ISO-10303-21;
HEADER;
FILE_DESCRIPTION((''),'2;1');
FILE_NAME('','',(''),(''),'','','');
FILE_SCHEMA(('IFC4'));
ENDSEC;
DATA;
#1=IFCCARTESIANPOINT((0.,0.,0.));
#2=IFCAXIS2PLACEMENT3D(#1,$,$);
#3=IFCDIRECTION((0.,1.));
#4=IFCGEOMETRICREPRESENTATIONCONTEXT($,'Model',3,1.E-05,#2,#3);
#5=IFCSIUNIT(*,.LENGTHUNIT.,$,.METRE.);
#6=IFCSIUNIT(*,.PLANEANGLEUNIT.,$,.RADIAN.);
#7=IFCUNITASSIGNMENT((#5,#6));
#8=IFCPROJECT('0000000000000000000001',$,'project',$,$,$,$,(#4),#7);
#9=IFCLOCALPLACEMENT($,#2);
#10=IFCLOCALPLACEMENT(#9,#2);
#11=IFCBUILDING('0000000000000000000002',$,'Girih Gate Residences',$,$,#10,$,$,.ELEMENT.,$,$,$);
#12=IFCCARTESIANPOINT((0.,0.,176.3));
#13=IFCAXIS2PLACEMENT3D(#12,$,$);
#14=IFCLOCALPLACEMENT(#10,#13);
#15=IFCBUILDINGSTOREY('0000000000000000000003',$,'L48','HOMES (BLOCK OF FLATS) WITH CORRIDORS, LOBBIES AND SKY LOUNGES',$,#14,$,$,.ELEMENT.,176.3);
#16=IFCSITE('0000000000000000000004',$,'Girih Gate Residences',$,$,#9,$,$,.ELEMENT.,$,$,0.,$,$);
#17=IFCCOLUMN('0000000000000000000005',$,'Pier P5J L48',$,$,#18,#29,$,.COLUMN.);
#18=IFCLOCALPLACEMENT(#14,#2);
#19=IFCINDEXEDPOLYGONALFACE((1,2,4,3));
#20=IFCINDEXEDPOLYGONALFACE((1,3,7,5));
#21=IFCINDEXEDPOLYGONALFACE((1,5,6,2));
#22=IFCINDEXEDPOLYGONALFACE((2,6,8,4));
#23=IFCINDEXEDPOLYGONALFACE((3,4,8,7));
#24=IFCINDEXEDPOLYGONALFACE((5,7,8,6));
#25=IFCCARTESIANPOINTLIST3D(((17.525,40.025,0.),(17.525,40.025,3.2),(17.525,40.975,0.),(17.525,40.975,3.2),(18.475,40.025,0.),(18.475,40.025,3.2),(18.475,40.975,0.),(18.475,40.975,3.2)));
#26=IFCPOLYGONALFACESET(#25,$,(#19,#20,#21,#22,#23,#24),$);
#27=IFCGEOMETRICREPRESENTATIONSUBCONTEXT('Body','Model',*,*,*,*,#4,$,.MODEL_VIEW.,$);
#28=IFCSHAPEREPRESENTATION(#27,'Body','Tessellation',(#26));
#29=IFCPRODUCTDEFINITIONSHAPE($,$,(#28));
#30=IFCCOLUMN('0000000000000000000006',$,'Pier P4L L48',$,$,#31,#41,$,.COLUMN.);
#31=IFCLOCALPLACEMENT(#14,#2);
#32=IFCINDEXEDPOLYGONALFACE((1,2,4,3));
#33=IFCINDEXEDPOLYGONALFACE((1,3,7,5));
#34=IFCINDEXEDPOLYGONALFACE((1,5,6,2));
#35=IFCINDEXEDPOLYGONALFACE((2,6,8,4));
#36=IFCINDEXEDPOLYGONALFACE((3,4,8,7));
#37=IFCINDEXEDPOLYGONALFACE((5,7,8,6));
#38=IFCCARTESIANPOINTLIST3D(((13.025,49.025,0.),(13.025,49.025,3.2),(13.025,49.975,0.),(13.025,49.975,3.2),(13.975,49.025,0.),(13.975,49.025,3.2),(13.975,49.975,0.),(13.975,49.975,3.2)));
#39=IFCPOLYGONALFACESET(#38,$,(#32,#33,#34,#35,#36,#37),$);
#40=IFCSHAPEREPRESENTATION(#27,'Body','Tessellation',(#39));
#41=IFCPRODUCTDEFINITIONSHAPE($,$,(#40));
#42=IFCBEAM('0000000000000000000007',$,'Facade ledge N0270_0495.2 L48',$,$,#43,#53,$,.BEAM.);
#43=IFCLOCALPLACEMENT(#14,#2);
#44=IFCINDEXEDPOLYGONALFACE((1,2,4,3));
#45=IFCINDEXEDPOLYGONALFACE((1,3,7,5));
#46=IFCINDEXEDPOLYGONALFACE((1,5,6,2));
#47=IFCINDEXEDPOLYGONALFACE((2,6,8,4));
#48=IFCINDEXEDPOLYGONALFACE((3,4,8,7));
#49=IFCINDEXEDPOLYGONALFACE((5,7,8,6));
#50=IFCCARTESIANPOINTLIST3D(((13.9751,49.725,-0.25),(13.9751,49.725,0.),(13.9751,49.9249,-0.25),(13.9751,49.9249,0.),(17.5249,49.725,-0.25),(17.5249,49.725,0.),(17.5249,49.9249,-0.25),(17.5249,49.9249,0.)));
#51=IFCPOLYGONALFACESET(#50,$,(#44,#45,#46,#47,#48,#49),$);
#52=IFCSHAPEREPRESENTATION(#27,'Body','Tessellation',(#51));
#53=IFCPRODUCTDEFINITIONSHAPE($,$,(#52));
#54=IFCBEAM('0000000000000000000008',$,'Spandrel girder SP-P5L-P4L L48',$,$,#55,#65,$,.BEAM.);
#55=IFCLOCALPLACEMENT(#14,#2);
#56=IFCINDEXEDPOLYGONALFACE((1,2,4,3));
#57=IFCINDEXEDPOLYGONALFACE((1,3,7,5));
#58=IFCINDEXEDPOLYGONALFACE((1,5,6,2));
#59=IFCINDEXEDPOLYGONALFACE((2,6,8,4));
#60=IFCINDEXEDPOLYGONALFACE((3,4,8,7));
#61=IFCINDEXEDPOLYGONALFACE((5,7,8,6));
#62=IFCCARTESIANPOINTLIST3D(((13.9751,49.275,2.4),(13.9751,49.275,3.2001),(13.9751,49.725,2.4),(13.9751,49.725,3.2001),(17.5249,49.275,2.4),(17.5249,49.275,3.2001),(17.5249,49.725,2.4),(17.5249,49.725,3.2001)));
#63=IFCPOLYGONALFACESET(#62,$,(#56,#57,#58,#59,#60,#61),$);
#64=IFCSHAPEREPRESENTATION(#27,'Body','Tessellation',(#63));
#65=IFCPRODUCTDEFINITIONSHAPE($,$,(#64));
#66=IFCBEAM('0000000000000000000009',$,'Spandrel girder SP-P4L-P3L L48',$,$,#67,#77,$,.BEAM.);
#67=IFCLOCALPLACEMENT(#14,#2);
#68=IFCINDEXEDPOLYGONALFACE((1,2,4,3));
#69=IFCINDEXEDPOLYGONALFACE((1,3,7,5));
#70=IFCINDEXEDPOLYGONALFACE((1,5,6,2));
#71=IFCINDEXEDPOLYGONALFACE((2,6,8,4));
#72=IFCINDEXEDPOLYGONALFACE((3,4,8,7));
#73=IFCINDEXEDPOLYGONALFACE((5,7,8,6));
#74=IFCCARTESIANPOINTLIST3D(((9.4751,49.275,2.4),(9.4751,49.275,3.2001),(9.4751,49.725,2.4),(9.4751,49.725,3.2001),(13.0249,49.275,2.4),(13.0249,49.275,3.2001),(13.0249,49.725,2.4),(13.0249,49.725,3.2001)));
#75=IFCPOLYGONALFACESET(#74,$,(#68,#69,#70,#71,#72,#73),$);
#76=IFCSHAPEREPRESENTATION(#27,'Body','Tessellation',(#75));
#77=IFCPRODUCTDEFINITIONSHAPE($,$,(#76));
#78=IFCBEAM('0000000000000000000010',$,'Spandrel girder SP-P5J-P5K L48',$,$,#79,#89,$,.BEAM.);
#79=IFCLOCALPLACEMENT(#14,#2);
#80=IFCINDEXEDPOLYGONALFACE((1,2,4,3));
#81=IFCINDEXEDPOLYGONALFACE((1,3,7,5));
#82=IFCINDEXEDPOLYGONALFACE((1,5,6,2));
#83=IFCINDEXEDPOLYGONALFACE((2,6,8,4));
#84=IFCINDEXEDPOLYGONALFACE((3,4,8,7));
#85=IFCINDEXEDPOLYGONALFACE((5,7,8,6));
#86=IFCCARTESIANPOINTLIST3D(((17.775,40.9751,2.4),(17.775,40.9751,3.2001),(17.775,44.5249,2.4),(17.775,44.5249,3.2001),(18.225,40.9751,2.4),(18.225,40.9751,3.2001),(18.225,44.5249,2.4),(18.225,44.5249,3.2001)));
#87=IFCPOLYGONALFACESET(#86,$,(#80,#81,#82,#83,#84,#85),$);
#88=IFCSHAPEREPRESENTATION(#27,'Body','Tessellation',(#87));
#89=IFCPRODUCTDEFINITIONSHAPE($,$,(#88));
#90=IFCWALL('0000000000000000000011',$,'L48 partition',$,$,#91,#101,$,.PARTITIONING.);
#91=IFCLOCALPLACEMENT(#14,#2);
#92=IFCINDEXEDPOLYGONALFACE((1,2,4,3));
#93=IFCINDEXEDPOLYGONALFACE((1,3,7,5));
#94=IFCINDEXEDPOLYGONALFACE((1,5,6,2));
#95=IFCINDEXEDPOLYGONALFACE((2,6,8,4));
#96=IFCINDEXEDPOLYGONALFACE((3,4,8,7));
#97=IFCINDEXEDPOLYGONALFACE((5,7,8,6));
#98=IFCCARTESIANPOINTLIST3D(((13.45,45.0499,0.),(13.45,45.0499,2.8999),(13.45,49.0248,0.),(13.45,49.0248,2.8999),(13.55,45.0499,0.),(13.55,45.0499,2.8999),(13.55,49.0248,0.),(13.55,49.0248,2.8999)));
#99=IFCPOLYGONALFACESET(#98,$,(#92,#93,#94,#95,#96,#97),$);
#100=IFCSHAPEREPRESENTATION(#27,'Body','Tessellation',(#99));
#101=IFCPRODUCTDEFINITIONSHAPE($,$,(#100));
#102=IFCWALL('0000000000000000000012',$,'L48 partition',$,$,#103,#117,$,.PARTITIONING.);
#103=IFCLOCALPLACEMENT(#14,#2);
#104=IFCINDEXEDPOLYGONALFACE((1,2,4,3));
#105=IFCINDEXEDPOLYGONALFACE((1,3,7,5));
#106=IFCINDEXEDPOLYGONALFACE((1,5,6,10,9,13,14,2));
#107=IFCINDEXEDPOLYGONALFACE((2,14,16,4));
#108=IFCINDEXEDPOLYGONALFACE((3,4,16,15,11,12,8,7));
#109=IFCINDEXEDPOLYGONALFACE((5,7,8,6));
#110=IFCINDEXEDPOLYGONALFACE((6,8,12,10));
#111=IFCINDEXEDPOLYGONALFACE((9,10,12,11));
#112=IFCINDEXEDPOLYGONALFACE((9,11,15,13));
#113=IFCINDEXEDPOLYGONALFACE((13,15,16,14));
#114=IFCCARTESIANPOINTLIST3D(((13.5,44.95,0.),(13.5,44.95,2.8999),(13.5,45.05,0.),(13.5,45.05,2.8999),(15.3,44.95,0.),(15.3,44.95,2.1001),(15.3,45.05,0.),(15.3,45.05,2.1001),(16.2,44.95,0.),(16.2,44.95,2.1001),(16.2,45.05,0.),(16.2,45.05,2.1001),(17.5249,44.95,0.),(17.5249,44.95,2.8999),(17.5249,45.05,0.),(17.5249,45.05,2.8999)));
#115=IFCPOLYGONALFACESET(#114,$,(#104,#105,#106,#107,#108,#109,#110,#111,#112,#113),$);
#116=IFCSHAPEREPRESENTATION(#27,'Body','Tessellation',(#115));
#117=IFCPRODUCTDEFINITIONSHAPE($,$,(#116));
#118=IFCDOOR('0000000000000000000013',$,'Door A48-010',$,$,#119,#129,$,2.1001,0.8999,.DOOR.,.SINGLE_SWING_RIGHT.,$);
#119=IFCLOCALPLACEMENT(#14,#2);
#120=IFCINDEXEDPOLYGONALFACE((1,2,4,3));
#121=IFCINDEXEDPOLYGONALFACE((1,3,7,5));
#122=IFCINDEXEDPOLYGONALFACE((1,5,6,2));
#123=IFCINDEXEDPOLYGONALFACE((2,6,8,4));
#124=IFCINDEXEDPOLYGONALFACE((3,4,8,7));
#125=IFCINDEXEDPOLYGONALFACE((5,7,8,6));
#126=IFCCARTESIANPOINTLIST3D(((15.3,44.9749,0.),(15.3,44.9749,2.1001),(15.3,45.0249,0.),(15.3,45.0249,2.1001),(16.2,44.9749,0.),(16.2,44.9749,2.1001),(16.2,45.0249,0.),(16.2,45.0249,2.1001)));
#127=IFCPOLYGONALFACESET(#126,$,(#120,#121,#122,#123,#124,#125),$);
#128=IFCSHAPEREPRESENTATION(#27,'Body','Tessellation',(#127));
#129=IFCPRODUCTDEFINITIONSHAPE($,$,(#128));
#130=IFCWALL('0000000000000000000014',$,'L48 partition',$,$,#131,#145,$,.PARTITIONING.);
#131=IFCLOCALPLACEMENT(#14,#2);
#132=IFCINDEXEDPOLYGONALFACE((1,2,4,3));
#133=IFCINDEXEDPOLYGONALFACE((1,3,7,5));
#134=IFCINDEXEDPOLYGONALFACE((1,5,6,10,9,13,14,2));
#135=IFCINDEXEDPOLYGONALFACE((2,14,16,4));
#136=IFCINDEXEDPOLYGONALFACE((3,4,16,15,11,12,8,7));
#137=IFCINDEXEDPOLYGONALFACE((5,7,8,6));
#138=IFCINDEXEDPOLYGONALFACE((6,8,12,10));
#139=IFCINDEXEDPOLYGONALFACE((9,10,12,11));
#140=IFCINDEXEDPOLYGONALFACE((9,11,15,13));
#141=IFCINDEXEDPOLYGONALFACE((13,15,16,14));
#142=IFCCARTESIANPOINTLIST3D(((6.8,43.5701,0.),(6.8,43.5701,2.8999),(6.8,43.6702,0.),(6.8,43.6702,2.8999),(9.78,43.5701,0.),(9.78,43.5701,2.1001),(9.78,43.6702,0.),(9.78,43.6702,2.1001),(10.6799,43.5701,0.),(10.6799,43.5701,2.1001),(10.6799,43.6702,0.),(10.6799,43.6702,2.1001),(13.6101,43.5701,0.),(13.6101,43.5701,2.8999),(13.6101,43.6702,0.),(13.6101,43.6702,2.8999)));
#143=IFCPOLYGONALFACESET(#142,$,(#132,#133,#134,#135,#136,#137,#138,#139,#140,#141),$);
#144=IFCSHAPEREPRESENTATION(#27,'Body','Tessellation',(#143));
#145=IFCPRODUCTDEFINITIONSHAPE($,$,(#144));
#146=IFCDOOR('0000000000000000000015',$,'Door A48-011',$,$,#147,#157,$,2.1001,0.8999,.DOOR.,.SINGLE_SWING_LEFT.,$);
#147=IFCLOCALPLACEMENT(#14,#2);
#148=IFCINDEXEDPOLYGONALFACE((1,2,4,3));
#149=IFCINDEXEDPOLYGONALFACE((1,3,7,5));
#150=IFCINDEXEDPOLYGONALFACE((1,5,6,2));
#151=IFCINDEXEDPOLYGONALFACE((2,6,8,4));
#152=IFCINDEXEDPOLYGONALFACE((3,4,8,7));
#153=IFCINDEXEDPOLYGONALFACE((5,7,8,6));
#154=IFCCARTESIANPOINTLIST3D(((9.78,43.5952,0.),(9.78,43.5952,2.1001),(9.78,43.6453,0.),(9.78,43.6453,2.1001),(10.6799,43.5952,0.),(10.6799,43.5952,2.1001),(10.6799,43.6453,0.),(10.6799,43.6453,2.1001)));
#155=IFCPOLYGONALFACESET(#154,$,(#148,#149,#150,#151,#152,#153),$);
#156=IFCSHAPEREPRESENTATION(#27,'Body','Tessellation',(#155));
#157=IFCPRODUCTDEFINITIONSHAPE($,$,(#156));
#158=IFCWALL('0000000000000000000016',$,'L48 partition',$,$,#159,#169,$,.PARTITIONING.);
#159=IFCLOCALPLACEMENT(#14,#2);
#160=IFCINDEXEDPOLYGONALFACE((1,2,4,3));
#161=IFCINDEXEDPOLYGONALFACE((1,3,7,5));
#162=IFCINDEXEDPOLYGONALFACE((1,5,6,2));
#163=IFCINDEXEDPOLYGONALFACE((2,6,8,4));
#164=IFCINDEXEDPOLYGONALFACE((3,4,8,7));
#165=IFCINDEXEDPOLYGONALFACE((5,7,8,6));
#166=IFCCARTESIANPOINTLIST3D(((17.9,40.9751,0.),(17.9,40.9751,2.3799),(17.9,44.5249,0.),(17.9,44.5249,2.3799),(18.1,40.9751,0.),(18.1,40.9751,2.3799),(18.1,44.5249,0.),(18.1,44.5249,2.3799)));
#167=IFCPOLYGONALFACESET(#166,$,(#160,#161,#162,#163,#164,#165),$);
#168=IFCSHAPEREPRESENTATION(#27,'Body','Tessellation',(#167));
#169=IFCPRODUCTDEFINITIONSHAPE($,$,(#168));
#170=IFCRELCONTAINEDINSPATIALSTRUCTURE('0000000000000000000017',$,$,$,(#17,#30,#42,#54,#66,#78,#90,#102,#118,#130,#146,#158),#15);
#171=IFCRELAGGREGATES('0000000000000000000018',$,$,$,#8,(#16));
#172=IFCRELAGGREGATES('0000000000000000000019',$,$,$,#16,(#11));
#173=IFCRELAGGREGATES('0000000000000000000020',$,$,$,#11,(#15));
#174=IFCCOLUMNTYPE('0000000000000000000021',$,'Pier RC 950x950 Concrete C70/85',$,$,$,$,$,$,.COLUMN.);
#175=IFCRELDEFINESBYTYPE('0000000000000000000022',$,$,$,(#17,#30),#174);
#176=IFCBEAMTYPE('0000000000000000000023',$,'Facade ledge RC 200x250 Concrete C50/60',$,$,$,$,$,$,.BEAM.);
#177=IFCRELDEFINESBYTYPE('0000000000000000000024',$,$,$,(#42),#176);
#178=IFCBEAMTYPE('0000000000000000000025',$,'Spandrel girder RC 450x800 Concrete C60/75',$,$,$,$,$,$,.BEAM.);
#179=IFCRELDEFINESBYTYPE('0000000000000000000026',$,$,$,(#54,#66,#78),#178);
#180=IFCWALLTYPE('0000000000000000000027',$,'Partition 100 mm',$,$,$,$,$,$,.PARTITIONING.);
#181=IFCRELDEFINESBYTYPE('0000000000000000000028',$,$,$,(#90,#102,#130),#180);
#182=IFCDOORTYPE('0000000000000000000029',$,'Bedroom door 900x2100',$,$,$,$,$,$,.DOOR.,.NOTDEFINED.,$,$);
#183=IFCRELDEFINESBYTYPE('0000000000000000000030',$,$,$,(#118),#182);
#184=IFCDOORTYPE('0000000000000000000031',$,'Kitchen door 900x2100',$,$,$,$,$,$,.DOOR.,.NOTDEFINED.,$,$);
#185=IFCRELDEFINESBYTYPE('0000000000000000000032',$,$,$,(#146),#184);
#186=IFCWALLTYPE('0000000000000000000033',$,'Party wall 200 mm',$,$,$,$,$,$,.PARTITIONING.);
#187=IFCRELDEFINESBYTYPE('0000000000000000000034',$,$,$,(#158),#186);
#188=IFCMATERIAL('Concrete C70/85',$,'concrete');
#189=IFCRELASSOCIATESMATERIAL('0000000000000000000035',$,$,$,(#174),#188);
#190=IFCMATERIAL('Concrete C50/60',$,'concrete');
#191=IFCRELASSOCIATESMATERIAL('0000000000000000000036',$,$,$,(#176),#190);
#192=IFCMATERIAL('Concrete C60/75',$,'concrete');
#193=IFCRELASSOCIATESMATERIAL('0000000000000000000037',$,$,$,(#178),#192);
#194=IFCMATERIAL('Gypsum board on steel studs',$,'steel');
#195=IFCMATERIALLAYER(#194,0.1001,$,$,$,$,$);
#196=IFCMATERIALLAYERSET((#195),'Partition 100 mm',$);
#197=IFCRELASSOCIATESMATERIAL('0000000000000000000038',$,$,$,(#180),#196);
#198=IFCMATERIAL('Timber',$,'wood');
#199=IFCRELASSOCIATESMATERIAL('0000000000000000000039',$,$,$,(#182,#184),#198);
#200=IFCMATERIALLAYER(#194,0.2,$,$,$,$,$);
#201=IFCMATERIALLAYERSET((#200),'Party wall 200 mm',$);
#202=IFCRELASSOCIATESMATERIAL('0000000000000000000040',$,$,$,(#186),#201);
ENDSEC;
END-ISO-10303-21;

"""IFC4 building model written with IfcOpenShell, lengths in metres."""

from ifc_helpers import new_model, si_unit, direction, frame, frame_2d, origin, origin_2d, place, context, subcontext, project, spatial, rectangle, extrude, material, layer, layer_set, material_profile, profile_set, type_object, element, fill, save


model = new_model("IFC4")

# Units and contexts
model_context = context("Model", 3, precision=1e-05, world=origin(), true_north=direction((0.0, 1.0)))
body_context = subcontext(model_context, "Body", "Model", "MODEL_VIEW")
ifc_project = project(units=[si_unit("LENGTHUNIT", "METRE"), si_unit("PLANEANGLEUNIT", "RADIAN")], contexts=[model_context])

# Site, building, storey
site_placement = place(None, origin())
site = spatial("IfcSite", under=ifc_project, at=site_placement, Name="Girih Gate Residences", CompositionType="ELEMENT", RefElevation=0.0)
building_placement = place(site_placement, origin())
building = spatial("IfcBuilding", under=site, at=building_placement, Name="Girih Gate Residences", CompositionType="ELEMENT")
storey_placement = place(building_placement, frame((0.0, 0.0, 176.3)))
storey = spatial("IfcBuildingStorey", under=building, at=storey_placement, Name="L48", Description="HOMES (BLOCK OF FLATS) WITH CORRIDORS, LOBBIES AND SKY LOUNGES", CompositionType="ELEMENT", Elevation=176.3)

# Columns
ifc_material_1 = material(Name="Concrete C70/85", Category="concrete")
ifc_material_profile_1 = material_profile(ifc_material_1, rectangle(XDim=0.95, YDim=0.95, at=origin_2d()))
ifc_profile_set_1 = profile_set([ifc_material_profile_1], Name="Concrete C70/85")
column_type = type_object("IfcColumnType", Name="Pier RC 950x950 Concrete C70/85", PredefinedType="COLUMN", material=ifc_profile_set_1)
for number, where, z_axis, x_axis, name in (
    (1, (18.0, 40.5, 0.0), (0.0, 0.0, 1.0), (1.0, 0.0, 0.0), "Pier P5J L48"),
    (2, (13.5, 49.5, 0.0), (0.0, 0.0, 1.0), (1.0, 0.0, 0.0), "Pier P4L L48"),
):
    element("IfcColumn", number, at=place(storey_placement, frame(where, z_axis=z_axis, x_axis=x_axis)), inside=storey, type_object=column_type, Name=name, PredefinedType="COLUMN", context=body_context, shape_type="SweptSolid", body=[
        extrude(rectangle(XDim=0.95, YDim=0.95, at=origin_2d()), origin(), (0.0, 0.0, 1.0), 3.2),
    ])

# Beams
ifc_material_2 = material(Name="Concrete C50/60", Category="concrete")
ifc_material_profile_2 = material_profile(ifc_material_2, rectangle(XDim=0.2, YDim=0.25, at=origin_2d()))
ifc_profile_set_2 = profile_set([ifc_material_profile_2], Name="Concrete C50/60")
beam_type_1 = type_object("IfcBeamType", Name="Facade ledge RC 200x250 Concrete C50/60", PredefinedType="BEAM", material=ifc_profile_set_2)
beam_placement = place(storey_placement, frame((17.5249, 49.825, -0.125), z_axis=(-1.0, 0.0, 0.0), x_axis=(0.0, -1.0, 0.0)))
element("IfcBeam", 3, at=beam_placement, inside=storey, type_object=beam_type_1, Name="Facade ledge N0270_0495.2 L48", PredefinedType="BEAM", context=body_context, shape_type="SweptSolid", body=[
    extrude(rectangle(XDim=0.2, YDim=0.25, at=origin_2d()), origin(), (0.0, 0.0, 1.0), 3.5498),
])
ifc_material_3 = material(Name="Concrete C60/75", Category="concrete")
ifc_material_profile_3 = material_profile(ifc_material_3, rectangle(XDim=0.45, YDim=0.8, at=origin_2d()))
ifc_profile_set_3 = profile_set([ifc_material_profile_3], Name="Concrete C60/75")
beam_type_2 = type_object("IfcBeamType", Name="Spandrel girder RC 450x800 Concrete C60/75", PredefinedType="BEAM", material=ifc_profile_set_3)
for number, where, z_axis, x_axis, name in (
    (4, (17.5249, 49.5, 2.8), (-1.0, 0.0, 0.0), (0.0, -1.0, 0.0), "Spandrel girder SP-P5L-P4L L48"),
    (5, (13.0249, 49.5, 2.8), (-1.0, 0.0, 0.0), (0.0, -1.0, 0.0), "Spandrel girder SP-P4L-P3L L48"),
    (6, (18.0, 40.9751, 2.8), (0.0, 1.0, 0.0), (-1.0, 0.0, 0.0), "Spandrel girder SP-P5J-P5K L48"),
):
    element("IfcBeam", number, at=place(storey_placement, frame(where, z_axis=z_axis, x_axis=x_axis)), inside=storey, type_object=beam_type_2, Name=name, PredefinedType="BEAM", context=body_context, shape_type="SweptSolid", body=[
        extrude(rectangle(XDim=0.45, YDim=0.8, at=origin_2d()), origin(), (0.0, 0.0, 1.0), 3.5498),
    ])

# Wall
ifc_material_4 = material(Name="Gypsum board on steel studs", Category="steel")
ifc_layer_1 = layer(ifc_material_4, 0.1001)
ifc_layer_set_1 = layer_set([ifc_layer_1], Name="Partition 100 mm")
wall_type_1 = type_object("IfcWallType", Name="Partition 100 mm", PredefinedType="PARTITIONING", material=ifc_layer_set_1)
wall_1_placement = place(storey_placement, frame((13.5, 45.05, 0.0), z_axis=(0.0, 0.0, 1.0), x_axis=(0.0, 1.0, 0.0)))
element("IfcWall", 7, at=wall_1_placement, inside=storey, type_object=wall_type_1, Name="L48 partition", PredefinedType="PARTITIONING", context=body_context, shape_type="SweptSolid", body=[
    extrude(rectangle(XDim=3.9749, YDim=0.1001, at=frame_2d((1.9873, 0.0))), origin(), (0.0, 0.0, 1.0), 2.8999),
])

# Walls, openings, doors
wall_2_placement = place(storey_placement, frame((13.5, 45.0, 0.0), z_axis=(0.0, 0.0, 1.0), x_axis=(1.0, 0.0, 0.0)))
wall_2 = element("IfcWall", 8, at=wall_2_placement, inside=storey, type_object=wall_type_1, Name="L48 partition", PredefinedType="PARTITIONING", context=body_context, shape_type="SweptSolid", body=[
    extrude(rectangle(XDim=4.0249, YDim=0.1001, at=frame_2d((2.0125, 0.0))), origin(), (0.0, 0.0, 1.0), 2.8999),
])
opening_1_placement = place(wall_2_placement, frame((1.8, 0.0, 0.0)))
opening_1 = element("IfcOpeningElement", 9, at=opening_1_placement, cuts=wall_2, PredefinedType="OPENING", context=body_context, shape_type="SweptSolid", body=[
    extrude(rectangle(XDim=0.8999, YDim=2.1001, at=frame_2d((0.45, 1.05))), frame((0.0, 0.0601, 0.0), z_axis=(0.0, -1.0, 0.0), x_axis=(1.0, 0.0, 0.0)), (0.0, 0.0, 1.0), 0.1201),
])
ifc_material_5 = material(Name="Timber", Category="wood")
door_type_1 = type_object("IfcDoorType", Name="Bedroom door 900x2100", OperationType="NOTDEFINED", PredefinedType="DOOR", material=ifc_material_5)
door_1_placement = place(opening_1_placement, origin())
door_1 = element("IfcDoor", 10, at=door_1_placement, inside=storey, type_object=door_type_1, Name="Door A48-010", OperationType="SINGLE_SWING_RIGHT", OverallHeight=2.1001, OverallWidth=0.8999, PredefinedType="DOOR", context=body_context, shape_type="SweptSolid", body=[
    extrude(rectangle(XDim=0.8999, YDim=2.1001, at=frame_2d((0.45, 1.05))), frame((0.0, 0.0249, 0.0), z_axis=(0.0, -1.0, 0.0), x_axis=(1.0, 0.0, 0.0)), (0.0, 0.0, 1.0), 0.05),
])
fill(opening_1, door_1)
wall_3_placement = place(storey_placement, frame((13.6101, 43.6201, 0.0), z_axis=(0.0, 0.0, 1.0), x_axis=(-1.0, 0.0, 0.0)))
wall_3 = element("IfcWall", 11, at=wall_3_placement, inside=storey, type_object=wall_type_1, Name="L48 partition", PredefinedType="PARTITIONING", context=body_context, shape_type="SweptSolid", body=[
    extrude(rectangle(XDim=6.8101, YDim=0.1001, at=frame_2d((3.405, 0.0))), origin(), (0.0, 0.0, 1.0), 2.8999),
])
opening_2_placement = place(wall_3_placement, frame((2.9302, 0.0, 0.0)))
opening_2 = element("IfcOpeningElement", 12, at=opening_2_placement, cuts=wall_3, PredefinedType="OPENING", context=body_context, shape_type="SweptSolid", body=[
    extrude(rectangle(XDim=0.8999, YDim=2.1001, at=frame_2d((0.45, 1.05))), frame((0.0, 0.0601, 0.0), z_axis=(0.0, -1.0, 0.0), x_axis=(1.0, 0.0, 0.0)), (0.0, 0.0, 1.0), 0.1201),
])
door_type_2 = type_object("IfcDoorType", Name="Kitchen door 900x2100", OperationType="NOTDEFINED", PredefinedType="DOOR", material=ifc_material_5)
door_2_placement = place(opening_2_placement, origin())
door_2 = element("IfcDoor", 13, at=door_2_placement, inside=storey, type_object=door_type_2, Name="Door A48-011", OperationType="SINGLE_SWING_LEFT", OverallHeight=2.1001, OverallWidth=0.8999, PredefinedType="DOOR", context=body_context, shape_type="SweptSolid", body=[
    extrude(rectangle(XDim=0.8999, YDim=2.1001, at=frame_2d((0.45, 1.05))), frame((0.0, 0.0249, 0.0), z_axis=(0.0, -1.0, 0.0), x_axis=(1.0, 0.0, 0.0)), (0.0, 0.0, 1.0), 0.05),
])
fill(opening_2, door_2)

# Wall
ifc_layer_2 = layer(ifc_material_4, 0.2)
ifc_layer_set_2 = layer_set([ifc_layer_2], Name="Party wall 200 mm")
wall_type_2 = type_object("IfcWallType", Name="Party wall 200 mm", PredefinedType="PARTITIONING", material=ifc_layer_set_2)
wall_4_placement = place(storey_placement, frame((18.0, 40.9751, 0.0), z_axis=(0.0, 0.0, 1.0), x_axis=(0.0, 1.0, 0.0)))
element("IfcWall", 14, at=wall_4_placement, inside=storey, type_object=wall_type_2, Name="L48 partition", PredefinedType="PARTITIONING", context=body_context, shape_type="SweptSolid", body=[
    extrude(rectangle(XDim=3.5498, YDim=0.2, at=frame_2d((1.7749, 0.0))), origin(), (0.0, 0.0, 1.0), 2.3799),
])

save(model, "model.ifc")
